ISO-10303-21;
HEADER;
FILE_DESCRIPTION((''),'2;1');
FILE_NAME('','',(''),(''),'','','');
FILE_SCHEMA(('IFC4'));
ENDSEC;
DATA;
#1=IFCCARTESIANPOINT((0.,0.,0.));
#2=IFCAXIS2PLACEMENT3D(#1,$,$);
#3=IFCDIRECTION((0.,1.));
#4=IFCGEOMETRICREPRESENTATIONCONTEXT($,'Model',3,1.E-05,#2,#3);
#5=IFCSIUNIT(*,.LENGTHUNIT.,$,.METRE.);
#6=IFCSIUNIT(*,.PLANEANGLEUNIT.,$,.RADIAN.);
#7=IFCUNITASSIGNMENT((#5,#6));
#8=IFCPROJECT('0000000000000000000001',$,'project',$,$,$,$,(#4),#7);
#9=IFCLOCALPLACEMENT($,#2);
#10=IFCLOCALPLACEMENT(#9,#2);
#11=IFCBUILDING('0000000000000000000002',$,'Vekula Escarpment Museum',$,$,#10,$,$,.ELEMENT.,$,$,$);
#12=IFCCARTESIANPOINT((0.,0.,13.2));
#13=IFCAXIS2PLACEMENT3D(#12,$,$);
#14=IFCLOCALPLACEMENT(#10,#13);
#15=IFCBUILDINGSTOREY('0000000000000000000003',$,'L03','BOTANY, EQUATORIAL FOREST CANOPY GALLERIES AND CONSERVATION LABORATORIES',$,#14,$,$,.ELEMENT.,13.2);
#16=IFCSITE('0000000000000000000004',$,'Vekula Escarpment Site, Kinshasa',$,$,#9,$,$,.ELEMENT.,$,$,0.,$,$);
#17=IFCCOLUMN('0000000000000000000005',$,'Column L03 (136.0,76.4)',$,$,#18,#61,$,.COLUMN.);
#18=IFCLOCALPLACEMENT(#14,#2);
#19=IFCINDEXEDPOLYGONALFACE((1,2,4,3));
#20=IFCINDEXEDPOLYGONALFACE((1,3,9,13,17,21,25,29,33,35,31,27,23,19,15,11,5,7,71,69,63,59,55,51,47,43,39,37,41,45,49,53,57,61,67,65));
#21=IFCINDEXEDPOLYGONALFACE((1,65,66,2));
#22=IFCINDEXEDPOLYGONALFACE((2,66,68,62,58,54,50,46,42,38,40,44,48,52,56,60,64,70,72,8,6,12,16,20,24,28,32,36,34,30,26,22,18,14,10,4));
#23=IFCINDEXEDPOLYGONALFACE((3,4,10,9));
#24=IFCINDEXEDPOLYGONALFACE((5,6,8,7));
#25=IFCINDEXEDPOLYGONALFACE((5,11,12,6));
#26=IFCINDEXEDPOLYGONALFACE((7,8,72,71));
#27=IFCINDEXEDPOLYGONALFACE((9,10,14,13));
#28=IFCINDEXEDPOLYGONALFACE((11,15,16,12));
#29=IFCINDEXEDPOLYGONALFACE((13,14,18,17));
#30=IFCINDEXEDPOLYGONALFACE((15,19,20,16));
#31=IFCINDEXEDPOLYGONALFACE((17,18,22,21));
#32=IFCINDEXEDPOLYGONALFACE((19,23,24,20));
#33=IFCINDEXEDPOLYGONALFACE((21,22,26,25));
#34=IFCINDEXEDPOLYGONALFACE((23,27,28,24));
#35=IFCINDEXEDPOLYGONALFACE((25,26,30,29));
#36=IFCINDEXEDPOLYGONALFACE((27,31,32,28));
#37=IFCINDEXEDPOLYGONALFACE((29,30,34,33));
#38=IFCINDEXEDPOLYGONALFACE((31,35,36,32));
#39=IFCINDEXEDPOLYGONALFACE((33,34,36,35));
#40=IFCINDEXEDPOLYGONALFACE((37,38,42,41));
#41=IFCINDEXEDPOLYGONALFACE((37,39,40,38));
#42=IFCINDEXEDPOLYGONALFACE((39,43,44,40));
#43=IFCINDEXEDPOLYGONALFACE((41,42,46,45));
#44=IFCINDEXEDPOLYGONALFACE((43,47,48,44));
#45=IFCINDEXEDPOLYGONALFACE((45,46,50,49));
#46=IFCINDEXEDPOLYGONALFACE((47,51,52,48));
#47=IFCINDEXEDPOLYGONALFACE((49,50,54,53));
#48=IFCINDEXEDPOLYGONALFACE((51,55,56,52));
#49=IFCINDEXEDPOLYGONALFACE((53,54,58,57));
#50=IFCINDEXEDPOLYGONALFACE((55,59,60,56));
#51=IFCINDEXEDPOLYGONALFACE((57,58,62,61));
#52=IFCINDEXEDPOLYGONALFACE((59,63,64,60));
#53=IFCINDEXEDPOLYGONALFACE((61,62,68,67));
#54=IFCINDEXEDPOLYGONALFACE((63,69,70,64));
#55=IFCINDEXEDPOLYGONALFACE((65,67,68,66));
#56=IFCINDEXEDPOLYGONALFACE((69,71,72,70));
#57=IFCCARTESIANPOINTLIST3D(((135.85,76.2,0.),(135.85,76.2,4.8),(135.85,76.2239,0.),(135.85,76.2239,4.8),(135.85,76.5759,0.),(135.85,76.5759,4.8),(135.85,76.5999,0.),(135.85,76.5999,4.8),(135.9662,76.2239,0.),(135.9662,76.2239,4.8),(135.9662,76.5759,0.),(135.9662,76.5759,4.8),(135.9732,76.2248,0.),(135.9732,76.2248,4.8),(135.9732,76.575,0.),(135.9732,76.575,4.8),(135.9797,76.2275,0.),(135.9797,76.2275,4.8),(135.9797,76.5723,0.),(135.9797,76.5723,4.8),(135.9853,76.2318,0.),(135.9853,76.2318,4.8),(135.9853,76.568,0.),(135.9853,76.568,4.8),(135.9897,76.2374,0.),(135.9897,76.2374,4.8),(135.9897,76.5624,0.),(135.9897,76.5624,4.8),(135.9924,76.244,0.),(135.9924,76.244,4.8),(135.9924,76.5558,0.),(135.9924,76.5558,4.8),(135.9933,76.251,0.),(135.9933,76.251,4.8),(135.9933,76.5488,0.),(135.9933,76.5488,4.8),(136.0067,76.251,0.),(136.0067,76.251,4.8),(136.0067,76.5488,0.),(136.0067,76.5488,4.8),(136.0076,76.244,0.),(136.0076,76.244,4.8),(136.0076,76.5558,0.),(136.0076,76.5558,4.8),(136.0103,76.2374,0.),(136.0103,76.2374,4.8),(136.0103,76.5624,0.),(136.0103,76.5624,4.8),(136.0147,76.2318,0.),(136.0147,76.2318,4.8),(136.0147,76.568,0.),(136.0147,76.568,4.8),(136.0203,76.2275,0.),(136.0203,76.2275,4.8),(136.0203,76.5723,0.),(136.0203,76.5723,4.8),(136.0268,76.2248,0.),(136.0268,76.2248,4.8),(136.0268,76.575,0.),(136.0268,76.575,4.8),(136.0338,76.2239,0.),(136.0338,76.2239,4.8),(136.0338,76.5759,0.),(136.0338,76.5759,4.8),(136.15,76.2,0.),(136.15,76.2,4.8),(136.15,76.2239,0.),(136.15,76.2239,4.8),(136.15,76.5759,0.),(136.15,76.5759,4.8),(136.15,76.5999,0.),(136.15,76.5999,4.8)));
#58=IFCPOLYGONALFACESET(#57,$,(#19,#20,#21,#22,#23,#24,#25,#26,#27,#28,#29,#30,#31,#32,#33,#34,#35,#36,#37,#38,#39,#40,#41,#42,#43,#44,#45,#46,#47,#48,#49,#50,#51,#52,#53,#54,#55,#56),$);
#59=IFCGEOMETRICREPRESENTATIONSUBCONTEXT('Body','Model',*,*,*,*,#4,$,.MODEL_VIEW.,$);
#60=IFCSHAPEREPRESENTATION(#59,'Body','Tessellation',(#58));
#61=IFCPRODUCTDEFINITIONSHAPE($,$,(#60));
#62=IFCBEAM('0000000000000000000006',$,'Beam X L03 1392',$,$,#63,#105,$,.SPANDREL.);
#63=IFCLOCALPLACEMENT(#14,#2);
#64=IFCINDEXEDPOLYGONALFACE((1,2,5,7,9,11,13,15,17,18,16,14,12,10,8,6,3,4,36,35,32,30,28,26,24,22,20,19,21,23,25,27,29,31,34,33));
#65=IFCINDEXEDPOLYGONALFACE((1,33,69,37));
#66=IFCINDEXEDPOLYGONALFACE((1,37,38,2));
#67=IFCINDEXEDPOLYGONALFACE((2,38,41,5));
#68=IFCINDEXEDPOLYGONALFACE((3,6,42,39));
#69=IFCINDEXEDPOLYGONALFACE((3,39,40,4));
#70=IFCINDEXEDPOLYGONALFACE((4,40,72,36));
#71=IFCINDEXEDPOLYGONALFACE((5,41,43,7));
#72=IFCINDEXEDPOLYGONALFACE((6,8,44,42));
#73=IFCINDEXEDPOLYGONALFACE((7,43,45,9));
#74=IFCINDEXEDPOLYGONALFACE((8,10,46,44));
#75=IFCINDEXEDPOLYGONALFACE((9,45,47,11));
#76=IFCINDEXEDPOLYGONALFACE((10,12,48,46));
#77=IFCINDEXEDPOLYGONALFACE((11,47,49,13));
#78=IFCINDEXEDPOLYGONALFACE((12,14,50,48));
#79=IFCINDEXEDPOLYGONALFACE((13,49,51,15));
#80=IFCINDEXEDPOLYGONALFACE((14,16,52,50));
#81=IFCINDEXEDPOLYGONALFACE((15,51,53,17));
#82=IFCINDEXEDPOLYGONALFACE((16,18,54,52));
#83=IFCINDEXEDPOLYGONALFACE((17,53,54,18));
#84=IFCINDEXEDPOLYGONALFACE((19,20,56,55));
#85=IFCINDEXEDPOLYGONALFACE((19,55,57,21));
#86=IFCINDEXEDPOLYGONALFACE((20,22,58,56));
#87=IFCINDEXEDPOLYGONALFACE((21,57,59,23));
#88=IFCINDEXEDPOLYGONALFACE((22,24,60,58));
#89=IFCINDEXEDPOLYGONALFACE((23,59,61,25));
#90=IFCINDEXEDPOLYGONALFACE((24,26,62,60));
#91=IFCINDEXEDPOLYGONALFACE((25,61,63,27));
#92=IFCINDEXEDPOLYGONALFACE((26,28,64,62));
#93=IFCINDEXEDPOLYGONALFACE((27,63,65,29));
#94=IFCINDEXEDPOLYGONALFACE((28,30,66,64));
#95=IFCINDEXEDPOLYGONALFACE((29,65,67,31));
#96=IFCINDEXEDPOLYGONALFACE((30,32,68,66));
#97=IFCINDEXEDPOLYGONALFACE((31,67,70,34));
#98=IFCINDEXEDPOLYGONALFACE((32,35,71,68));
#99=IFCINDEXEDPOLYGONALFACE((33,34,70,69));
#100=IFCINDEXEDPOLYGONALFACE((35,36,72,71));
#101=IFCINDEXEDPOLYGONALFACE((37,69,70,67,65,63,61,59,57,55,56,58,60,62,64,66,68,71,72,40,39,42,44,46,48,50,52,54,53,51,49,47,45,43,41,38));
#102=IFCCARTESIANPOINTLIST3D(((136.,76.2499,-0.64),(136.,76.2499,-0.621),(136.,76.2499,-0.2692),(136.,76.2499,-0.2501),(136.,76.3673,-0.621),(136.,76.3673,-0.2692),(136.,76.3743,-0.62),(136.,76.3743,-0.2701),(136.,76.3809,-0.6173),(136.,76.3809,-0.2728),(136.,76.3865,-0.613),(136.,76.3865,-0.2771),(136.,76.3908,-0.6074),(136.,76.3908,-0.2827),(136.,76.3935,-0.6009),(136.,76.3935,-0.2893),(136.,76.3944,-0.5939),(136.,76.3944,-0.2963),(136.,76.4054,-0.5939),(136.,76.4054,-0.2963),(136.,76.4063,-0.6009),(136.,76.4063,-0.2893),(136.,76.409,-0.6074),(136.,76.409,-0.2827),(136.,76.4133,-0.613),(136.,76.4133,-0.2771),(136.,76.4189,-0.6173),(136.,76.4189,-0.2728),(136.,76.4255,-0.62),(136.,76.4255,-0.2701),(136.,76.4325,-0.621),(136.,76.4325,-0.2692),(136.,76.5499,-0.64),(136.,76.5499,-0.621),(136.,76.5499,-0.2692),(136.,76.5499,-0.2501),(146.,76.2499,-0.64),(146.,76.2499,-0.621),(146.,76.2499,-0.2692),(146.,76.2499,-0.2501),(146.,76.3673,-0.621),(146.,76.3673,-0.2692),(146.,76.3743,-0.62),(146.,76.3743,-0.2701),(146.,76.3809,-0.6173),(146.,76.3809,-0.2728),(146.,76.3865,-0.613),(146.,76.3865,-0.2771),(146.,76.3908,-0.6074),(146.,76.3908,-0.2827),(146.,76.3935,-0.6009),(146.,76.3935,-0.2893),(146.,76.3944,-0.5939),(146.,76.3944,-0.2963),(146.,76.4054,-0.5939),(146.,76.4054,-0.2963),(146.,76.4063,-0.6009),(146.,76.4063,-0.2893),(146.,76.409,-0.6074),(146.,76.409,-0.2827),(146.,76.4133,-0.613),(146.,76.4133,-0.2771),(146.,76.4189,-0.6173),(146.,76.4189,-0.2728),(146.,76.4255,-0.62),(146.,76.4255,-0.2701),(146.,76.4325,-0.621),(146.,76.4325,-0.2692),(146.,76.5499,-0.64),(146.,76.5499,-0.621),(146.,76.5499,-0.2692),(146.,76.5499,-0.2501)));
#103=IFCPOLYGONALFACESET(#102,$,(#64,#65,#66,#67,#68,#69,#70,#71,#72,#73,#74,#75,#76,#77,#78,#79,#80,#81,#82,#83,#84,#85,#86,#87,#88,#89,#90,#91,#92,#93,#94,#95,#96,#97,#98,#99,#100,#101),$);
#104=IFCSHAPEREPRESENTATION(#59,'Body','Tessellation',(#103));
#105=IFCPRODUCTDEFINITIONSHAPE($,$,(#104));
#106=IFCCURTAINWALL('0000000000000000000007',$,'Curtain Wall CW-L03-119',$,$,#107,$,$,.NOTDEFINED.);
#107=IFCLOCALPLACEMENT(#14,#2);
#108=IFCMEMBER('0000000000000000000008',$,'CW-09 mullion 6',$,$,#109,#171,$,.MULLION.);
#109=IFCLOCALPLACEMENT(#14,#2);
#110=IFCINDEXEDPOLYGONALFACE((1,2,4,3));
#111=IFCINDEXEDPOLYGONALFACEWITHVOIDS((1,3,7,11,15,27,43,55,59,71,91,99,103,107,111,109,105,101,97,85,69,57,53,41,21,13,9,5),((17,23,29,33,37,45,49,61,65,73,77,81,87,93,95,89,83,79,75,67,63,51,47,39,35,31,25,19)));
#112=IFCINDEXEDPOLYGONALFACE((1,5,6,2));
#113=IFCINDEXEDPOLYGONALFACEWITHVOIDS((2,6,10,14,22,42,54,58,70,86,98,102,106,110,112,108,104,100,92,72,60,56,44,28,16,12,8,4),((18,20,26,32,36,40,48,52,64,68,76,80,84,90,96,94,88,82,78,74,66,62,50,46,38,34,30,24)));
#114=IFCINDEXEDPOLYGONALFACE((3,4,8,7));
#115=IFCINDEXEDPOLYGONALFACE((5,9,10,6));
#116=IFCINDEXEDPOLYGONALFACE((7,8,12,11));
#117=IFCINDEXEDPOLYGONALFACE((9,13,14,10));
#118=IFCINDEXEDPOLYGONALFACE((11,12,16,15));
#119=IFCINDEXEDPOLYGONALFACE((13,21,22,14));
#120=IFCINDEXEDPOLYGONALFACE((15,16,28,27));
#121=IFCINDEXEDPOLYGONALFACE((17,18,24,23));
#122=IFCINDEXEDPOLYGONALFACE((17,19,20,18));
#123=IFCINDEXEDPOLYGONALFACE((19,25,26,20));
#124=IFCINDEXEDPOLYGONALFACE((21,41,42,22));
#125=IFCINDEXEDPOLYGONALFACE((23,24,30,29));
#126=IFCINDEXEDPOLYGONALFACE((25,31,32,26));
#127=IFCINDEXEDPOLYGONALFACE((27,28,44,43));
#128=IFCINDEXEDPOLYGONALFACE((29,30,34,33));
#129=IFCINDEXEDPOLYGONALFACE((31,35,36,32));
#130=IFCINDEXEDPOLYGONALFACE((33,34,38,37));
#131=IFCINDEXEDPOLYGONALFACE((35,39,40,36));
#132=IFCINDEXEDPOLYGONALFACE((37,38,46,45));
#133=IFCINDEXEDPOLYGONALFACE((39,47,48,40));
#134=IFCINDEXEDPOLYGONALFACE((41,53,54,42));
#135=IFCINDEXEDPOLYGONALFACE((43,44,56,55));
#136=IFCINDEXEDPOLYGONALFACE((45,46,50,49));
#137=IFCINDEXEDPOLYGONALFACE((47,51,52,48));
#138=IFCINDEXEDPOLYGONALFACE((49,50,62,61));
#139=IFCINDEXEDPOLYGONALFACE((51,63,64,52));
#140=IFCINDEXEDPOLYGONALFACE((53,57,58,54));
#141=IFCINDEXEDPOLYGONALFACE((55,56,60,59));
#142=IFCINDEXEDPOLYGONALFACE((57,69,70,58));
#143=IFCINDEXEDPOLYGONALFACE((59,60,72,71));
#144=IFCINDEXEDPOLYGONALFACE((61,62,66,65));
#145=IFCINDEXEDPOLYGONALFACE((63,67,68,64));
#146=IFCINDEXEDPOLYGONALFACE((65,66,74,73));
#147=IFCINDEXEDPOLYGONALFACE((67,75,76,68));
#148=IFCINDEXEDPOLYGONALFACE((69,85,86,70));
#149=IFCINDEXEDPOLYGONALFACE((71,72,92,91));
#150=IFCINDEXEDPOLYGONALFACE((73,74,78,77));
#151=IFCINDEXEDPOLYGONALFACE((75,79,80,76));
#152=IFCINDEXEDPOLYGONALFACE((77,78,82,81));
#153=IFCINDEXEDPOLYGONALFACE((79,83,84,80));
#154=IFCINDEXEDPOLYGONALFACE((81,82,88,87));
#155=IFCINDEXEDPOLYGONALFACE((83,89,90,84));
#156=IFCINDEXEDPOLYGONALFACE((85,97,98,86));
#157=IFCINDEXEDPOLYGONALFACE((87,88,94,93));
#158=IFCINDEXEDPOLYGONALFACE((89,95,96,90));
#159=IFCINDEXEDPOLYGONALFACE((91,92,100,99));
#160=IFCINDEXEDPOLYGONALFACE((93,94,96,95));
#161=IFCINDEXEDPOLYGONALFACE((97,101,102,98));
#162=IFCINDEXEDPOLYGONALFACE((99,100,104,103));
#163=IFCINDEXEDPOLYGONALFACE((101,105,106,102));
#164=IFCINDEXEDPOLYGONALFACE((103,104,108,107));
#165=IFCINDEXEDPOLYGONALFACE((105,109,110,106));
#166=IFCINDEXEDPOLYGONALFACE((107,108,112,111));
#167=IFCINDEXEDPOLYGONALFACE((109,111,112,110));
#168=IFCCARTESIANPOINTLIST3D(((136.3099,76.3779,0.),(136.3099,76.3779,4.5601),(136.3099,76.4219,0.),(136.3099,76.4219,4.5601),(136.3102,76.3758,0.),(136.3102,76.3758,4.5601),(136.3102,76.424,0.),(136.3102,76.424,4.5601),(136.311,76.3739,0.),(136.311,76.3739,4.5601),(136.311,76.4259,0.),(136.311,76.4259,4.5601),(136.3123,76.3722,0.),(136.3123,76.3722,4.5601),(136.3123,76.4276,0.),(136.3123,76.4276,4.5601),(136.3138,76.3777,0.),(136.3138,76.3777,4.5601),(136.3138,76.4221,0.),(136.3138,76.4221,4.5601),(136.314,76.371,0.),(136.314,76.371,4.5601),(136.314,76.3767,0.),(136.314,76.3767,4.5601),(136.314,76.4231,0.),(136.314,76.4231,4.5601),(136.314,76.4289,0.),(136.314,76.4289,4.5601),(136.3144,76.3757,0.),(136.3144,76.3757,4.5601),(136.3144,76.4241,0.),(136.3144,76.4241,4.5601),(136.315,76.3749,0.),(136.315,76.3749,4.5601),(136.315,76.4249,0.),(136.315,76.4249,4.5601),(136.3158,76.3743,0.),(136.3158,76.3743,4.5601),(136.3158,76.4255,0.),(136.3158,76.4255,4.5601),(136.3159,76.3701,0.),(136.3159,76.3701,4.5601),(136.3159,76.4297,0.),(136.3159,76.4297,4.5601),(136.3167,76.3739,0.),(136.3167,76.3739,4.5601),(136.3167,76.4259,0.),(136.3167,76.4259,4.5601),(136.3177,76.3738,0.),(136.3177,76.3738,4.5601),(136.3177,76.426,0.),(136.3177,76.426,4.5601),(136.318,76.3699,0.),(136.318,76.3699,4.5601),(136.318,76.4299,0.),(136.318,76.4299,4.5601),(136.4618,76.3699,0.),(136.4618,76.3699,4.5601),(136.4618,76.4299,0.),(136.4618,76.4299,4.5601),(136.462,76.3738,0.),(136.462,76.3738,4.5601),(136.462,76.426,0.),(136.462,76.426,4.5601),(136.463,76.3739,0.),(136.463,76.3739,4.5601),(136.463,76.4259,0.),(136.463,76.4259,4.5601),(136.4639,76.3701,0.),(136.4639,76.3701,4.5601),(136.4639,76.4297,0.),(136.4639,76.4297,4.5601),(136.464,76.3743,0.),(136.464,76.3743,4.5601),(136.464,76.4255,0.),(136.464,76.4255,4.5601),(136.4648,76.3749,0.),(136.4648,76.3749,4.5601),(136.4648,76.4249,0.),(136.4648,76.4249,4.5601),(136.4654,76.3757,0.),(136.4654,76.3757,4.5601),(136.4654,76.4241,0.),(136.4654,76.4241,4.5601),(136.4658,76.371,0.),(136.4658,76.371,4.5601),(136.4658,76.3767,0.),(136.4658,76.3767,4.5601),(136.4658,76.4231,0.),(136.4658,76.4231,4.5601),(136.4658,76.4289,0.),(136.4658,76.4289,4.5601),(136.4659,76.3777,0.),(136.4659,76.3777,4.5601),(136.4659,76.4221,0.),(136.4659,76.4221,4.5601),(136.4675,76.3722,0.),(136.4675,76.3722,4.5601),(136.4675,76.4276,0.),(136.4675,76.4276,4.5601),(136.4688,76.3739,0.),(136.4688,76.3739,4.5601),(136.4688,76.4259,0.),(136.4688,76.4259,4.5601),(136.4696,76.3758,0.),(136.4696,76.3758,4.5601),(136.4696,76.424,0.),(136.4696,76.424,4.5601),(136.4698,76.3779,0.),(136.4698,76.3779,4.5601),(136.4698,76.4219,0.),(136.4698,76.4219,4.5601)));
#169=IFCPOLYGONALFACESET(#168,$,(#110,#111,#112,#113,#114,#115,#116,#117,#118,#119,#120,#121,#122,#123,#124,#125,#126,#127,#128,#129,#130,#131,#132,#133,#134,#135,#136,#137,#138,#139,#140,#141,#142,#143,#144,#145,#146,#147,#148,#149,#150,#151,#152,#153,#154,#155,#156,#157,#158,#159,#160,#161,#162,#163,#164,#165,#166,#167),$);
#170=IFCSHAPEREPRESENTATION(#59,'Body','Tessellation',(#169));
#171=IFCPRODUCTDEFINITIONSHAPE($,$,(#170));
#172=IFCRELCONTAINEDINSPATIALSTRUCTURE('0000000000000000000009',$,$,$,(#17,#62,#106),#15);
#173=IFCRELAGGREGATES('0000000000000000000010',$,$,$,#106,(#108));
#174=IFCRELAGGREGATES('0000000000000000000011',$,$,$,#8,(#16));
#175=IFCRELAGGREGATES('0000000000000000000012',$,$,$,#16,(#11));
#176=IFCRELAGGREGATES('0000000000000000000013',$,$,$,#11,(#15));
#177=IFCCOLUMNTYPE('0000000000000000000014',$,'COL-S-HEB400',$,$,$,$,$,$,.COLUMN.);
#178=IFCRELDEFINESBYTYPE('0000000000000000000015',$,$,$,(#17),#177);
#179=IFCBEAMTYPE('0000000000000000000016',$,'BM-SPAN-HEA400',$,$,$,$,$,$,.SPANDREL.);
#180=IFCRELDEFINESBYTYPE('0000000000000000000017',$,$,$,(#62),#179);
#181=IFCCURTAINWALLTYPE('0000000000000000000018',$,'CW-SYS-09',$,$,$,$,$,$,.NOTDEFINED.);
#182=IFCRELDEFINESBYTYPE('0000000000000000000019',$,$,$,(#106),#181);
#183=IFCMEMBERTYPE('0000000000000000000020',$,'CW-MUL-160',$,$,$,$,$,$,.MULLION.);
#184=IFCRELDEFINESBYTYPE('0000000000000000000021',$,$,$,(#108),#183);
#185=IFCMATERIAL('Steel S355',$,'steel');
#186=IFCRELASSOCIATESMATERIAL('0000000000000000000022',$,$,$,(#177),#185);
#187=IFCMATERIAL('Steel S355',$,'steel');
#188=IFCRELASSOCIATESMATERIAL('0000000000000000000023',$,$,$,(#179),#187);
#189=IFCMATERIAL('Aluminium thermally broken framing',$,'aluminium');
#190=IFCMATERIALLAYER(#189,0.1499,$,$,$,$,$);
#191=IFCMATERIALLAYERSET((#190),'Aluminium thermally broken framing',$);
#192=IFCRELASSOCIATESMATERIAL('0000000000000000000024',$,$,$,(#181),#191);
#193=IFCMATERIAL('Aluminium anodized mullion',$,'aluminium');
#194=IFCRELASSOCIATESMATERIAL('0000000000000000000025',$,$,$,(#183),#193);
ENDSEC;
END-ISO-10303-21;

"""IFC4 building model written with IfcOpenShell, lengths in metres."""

from ifc_helpers import new_model, si_unit, direction, frame, origin, origin_2d, place, context, subcontext, project, spatial, hollow_rectangle, i_section, extrude, material, layer, layer_set, material_profile, profile_set, type_object, element, aggregate, save


model = new_model("IFC4")

# Units and contexts
model_context = context("Model", 3, precision=1e-05, world=origin(), true_north=direction((0.0, 1.0)))
body_context = subcontext(model_context, "Body", "Model", "MODEL_VIEW")
ifc_project = project(units=[si_unit("LENGTHUNIT", "METRE"), si_unit("PLANEANGLEUNIT", "RADIAN")], contexts=[model_context])

# Site, building, storey
site_placement = place(None, origin())
site = spatial("IfcSite", under=ifc_project, at=site_placement, Name="Vekula Escarpment Site, Kinshasa", CompositionType="ELEMENT", RefElevation=0.0)
building_placement = place(site_placement, origin())
building = spatial("IfcBuilding", under=site, at=building_placement, Name="Vekula Escarpment Museum", CompositionType="ELEMENT")
storey_placement = place(building_placement, frame((0.0, 0.0, 13.2)))
storey = spatial("IfcBuildingStorey", under=building, at=storey_placement, Name="L03", Description="BOTANY, EQUATORIAL FOREST CANOPY GALLERIES AND CONSERVATION LABORATORIES", CompositionType="ELEMENT", Elevation=13.2)

# Column
ifc_material_1 = material(Name="Steel S355", Category="steel")
ifc_material_profile_1 = material_profile(ifc_material_1, i_section(OverallWidth=0.3, OverallDepth=0.3999, WebThickness=0.0134, FlangeThickness=0.0239, FilletRadius=0.0271, at=origin_2d()), Name="HEB 400")
ifc_profile_set_1 = profile_set([ifc_material_profile_1], Name="Steel S355")
column_type = type_object("IfcColumnType", Name="COL-S-HEB400", PredefinedType="COLUMN", material=ifc_profile_set_1)
column_placement = place(storey_placement, frame((136.0, 76.3999, 0.0), z_axis=(0.0, 0.0, 1.0), x_axis=(1.0, 0.0, 0.0)))
element("IfcColumn", 1, at=column_placement, inside=storey, type_object=column_type, Name="Column L03 (136.0,76.4)", PredefinedType="COLUMN", context=body_context, shape_type="SweptSolid", body=[
    extrude(i_section(OverallWidth=0.3, OverallDepth=0.3999, WebThickness=0.0134, FlangeThickness=0.0239, FilletRadius=0.0271, at=origin_2d()), origin(), (0.0, 0.0, 1.0), 4.8),
])

# Beam
ifc_material_2 = material(Name="Steel S355", Category="steel")
ifc_material_profile_2 = material_profile(ifc_material_2, i_section(OverallWidth=0.3, OverallDepth=0.3899, WebThickness=0.011, FlangeThickness=0.019, FilletRadius=0.0271, at=origin_2d()), Name="HEA 400")
ifc_profile_set_2 = profile_set([ifc_material_profile_2], Name="Steel S355")
beam_type = type_object("IfcBeamType", Name="BM-SPAN-HEA400", PredefinedType="SPANDREL", material=ifc_profile_set_2)
beam_placement = place(storey_placement, frame((136.0, 76.3999, -0.4451), z_axis=(1.0, 0.0, 0.0), x_axis=(0.0, 1.0, 0.0)))
element("IfcBeam", 2, at=beam_placement, inside=storey, type_object=beam_type, Name="Beam X L03 1392", PredefinedType="SPANDREL", context=body_context, shape_type="SweptSolid", body=[
    extrude(i_section(OverallWidth=0.3, OverallDepth=0.3899, WebThickness=0.011, FlangeThickness=0.019, FilletRadius=0.0271, at=origin_2d()), origin(), (0.0, 0.0, 1.0), 10.0),
])

# Curtain wall, member
ifc_material_3 = material(Name="Aluminium thermally broken framing", Category="aluminium")
ifc_layer_1 = layer(ifc_material_3, 0.1499)
ifc_layer_set_1 = layer_set([ifc_layer_1], Name="Aluminium thermally broken framing")
curtain_wall_type_1 = type_object("IfcCurtainWallType", Name="CW-SYS-09", PredefinedType="NOTDEFINED", material=ifc_layer_set_1)
curtain_wall_1_placement = place(storey_placement, origin())
curtain_wall_1 = element("IfcCurtainWall", 3, at=curtain_wall_1_placement, inside=storey, type_object=curtain_wall_type_1, Name="Curtain Wall CW-L03-119", PredefinedType="NOTDEFINED")
ifc_material_4 = material(Name="Aluminium anodized mullion", Category="aluminium")
ifc_material_profile_3 = material_profile(ifc_material_4, hollow_rectangle(XDim=0.0601, YDim=0.1599, WallThickness=0.0039, InnerFilletRadius=0.0039, OuterFilletRadius=0.0081, at=origin_2d()), Name="ALU 160x60x4")
ifc_profile_set_3 = profile_set([ifc_material_profile_3], Name="Aluminium anodized mullion")
member_type_1 = type_object("IfcMemberType", Name="CW-MUL-160", PredefinedType="MULLION", material=ifc_profile_set_3)
member_1_placement = place(storey_placement, frame((136.3899, 76.3999, 0.0), z_axis=(0.0, 0.0, 1.0), x_axis=(0.0, -1.0, 0.0)))
member_1 = element("IfcMember", 4, at=member_1_placement, type_object=member_type_1, Name="CW-09 mullion 6", PredefinedType="MULLION", context=body_context, shape_type="SweptSolid", body=[
    extrude(hollow_rectangle(XDim=0.0601, YDim=0.1599, WallThickness=0.0039, InnerFilletRadius=0.0039, OuterFilletRadius=0.0081, at=origin_2d()), origin(), (0.0, 0.0, 1.0), 4.5601),
])

aggregate(curtain_wall_1, [member_1])

save(model, "model.ifc")
